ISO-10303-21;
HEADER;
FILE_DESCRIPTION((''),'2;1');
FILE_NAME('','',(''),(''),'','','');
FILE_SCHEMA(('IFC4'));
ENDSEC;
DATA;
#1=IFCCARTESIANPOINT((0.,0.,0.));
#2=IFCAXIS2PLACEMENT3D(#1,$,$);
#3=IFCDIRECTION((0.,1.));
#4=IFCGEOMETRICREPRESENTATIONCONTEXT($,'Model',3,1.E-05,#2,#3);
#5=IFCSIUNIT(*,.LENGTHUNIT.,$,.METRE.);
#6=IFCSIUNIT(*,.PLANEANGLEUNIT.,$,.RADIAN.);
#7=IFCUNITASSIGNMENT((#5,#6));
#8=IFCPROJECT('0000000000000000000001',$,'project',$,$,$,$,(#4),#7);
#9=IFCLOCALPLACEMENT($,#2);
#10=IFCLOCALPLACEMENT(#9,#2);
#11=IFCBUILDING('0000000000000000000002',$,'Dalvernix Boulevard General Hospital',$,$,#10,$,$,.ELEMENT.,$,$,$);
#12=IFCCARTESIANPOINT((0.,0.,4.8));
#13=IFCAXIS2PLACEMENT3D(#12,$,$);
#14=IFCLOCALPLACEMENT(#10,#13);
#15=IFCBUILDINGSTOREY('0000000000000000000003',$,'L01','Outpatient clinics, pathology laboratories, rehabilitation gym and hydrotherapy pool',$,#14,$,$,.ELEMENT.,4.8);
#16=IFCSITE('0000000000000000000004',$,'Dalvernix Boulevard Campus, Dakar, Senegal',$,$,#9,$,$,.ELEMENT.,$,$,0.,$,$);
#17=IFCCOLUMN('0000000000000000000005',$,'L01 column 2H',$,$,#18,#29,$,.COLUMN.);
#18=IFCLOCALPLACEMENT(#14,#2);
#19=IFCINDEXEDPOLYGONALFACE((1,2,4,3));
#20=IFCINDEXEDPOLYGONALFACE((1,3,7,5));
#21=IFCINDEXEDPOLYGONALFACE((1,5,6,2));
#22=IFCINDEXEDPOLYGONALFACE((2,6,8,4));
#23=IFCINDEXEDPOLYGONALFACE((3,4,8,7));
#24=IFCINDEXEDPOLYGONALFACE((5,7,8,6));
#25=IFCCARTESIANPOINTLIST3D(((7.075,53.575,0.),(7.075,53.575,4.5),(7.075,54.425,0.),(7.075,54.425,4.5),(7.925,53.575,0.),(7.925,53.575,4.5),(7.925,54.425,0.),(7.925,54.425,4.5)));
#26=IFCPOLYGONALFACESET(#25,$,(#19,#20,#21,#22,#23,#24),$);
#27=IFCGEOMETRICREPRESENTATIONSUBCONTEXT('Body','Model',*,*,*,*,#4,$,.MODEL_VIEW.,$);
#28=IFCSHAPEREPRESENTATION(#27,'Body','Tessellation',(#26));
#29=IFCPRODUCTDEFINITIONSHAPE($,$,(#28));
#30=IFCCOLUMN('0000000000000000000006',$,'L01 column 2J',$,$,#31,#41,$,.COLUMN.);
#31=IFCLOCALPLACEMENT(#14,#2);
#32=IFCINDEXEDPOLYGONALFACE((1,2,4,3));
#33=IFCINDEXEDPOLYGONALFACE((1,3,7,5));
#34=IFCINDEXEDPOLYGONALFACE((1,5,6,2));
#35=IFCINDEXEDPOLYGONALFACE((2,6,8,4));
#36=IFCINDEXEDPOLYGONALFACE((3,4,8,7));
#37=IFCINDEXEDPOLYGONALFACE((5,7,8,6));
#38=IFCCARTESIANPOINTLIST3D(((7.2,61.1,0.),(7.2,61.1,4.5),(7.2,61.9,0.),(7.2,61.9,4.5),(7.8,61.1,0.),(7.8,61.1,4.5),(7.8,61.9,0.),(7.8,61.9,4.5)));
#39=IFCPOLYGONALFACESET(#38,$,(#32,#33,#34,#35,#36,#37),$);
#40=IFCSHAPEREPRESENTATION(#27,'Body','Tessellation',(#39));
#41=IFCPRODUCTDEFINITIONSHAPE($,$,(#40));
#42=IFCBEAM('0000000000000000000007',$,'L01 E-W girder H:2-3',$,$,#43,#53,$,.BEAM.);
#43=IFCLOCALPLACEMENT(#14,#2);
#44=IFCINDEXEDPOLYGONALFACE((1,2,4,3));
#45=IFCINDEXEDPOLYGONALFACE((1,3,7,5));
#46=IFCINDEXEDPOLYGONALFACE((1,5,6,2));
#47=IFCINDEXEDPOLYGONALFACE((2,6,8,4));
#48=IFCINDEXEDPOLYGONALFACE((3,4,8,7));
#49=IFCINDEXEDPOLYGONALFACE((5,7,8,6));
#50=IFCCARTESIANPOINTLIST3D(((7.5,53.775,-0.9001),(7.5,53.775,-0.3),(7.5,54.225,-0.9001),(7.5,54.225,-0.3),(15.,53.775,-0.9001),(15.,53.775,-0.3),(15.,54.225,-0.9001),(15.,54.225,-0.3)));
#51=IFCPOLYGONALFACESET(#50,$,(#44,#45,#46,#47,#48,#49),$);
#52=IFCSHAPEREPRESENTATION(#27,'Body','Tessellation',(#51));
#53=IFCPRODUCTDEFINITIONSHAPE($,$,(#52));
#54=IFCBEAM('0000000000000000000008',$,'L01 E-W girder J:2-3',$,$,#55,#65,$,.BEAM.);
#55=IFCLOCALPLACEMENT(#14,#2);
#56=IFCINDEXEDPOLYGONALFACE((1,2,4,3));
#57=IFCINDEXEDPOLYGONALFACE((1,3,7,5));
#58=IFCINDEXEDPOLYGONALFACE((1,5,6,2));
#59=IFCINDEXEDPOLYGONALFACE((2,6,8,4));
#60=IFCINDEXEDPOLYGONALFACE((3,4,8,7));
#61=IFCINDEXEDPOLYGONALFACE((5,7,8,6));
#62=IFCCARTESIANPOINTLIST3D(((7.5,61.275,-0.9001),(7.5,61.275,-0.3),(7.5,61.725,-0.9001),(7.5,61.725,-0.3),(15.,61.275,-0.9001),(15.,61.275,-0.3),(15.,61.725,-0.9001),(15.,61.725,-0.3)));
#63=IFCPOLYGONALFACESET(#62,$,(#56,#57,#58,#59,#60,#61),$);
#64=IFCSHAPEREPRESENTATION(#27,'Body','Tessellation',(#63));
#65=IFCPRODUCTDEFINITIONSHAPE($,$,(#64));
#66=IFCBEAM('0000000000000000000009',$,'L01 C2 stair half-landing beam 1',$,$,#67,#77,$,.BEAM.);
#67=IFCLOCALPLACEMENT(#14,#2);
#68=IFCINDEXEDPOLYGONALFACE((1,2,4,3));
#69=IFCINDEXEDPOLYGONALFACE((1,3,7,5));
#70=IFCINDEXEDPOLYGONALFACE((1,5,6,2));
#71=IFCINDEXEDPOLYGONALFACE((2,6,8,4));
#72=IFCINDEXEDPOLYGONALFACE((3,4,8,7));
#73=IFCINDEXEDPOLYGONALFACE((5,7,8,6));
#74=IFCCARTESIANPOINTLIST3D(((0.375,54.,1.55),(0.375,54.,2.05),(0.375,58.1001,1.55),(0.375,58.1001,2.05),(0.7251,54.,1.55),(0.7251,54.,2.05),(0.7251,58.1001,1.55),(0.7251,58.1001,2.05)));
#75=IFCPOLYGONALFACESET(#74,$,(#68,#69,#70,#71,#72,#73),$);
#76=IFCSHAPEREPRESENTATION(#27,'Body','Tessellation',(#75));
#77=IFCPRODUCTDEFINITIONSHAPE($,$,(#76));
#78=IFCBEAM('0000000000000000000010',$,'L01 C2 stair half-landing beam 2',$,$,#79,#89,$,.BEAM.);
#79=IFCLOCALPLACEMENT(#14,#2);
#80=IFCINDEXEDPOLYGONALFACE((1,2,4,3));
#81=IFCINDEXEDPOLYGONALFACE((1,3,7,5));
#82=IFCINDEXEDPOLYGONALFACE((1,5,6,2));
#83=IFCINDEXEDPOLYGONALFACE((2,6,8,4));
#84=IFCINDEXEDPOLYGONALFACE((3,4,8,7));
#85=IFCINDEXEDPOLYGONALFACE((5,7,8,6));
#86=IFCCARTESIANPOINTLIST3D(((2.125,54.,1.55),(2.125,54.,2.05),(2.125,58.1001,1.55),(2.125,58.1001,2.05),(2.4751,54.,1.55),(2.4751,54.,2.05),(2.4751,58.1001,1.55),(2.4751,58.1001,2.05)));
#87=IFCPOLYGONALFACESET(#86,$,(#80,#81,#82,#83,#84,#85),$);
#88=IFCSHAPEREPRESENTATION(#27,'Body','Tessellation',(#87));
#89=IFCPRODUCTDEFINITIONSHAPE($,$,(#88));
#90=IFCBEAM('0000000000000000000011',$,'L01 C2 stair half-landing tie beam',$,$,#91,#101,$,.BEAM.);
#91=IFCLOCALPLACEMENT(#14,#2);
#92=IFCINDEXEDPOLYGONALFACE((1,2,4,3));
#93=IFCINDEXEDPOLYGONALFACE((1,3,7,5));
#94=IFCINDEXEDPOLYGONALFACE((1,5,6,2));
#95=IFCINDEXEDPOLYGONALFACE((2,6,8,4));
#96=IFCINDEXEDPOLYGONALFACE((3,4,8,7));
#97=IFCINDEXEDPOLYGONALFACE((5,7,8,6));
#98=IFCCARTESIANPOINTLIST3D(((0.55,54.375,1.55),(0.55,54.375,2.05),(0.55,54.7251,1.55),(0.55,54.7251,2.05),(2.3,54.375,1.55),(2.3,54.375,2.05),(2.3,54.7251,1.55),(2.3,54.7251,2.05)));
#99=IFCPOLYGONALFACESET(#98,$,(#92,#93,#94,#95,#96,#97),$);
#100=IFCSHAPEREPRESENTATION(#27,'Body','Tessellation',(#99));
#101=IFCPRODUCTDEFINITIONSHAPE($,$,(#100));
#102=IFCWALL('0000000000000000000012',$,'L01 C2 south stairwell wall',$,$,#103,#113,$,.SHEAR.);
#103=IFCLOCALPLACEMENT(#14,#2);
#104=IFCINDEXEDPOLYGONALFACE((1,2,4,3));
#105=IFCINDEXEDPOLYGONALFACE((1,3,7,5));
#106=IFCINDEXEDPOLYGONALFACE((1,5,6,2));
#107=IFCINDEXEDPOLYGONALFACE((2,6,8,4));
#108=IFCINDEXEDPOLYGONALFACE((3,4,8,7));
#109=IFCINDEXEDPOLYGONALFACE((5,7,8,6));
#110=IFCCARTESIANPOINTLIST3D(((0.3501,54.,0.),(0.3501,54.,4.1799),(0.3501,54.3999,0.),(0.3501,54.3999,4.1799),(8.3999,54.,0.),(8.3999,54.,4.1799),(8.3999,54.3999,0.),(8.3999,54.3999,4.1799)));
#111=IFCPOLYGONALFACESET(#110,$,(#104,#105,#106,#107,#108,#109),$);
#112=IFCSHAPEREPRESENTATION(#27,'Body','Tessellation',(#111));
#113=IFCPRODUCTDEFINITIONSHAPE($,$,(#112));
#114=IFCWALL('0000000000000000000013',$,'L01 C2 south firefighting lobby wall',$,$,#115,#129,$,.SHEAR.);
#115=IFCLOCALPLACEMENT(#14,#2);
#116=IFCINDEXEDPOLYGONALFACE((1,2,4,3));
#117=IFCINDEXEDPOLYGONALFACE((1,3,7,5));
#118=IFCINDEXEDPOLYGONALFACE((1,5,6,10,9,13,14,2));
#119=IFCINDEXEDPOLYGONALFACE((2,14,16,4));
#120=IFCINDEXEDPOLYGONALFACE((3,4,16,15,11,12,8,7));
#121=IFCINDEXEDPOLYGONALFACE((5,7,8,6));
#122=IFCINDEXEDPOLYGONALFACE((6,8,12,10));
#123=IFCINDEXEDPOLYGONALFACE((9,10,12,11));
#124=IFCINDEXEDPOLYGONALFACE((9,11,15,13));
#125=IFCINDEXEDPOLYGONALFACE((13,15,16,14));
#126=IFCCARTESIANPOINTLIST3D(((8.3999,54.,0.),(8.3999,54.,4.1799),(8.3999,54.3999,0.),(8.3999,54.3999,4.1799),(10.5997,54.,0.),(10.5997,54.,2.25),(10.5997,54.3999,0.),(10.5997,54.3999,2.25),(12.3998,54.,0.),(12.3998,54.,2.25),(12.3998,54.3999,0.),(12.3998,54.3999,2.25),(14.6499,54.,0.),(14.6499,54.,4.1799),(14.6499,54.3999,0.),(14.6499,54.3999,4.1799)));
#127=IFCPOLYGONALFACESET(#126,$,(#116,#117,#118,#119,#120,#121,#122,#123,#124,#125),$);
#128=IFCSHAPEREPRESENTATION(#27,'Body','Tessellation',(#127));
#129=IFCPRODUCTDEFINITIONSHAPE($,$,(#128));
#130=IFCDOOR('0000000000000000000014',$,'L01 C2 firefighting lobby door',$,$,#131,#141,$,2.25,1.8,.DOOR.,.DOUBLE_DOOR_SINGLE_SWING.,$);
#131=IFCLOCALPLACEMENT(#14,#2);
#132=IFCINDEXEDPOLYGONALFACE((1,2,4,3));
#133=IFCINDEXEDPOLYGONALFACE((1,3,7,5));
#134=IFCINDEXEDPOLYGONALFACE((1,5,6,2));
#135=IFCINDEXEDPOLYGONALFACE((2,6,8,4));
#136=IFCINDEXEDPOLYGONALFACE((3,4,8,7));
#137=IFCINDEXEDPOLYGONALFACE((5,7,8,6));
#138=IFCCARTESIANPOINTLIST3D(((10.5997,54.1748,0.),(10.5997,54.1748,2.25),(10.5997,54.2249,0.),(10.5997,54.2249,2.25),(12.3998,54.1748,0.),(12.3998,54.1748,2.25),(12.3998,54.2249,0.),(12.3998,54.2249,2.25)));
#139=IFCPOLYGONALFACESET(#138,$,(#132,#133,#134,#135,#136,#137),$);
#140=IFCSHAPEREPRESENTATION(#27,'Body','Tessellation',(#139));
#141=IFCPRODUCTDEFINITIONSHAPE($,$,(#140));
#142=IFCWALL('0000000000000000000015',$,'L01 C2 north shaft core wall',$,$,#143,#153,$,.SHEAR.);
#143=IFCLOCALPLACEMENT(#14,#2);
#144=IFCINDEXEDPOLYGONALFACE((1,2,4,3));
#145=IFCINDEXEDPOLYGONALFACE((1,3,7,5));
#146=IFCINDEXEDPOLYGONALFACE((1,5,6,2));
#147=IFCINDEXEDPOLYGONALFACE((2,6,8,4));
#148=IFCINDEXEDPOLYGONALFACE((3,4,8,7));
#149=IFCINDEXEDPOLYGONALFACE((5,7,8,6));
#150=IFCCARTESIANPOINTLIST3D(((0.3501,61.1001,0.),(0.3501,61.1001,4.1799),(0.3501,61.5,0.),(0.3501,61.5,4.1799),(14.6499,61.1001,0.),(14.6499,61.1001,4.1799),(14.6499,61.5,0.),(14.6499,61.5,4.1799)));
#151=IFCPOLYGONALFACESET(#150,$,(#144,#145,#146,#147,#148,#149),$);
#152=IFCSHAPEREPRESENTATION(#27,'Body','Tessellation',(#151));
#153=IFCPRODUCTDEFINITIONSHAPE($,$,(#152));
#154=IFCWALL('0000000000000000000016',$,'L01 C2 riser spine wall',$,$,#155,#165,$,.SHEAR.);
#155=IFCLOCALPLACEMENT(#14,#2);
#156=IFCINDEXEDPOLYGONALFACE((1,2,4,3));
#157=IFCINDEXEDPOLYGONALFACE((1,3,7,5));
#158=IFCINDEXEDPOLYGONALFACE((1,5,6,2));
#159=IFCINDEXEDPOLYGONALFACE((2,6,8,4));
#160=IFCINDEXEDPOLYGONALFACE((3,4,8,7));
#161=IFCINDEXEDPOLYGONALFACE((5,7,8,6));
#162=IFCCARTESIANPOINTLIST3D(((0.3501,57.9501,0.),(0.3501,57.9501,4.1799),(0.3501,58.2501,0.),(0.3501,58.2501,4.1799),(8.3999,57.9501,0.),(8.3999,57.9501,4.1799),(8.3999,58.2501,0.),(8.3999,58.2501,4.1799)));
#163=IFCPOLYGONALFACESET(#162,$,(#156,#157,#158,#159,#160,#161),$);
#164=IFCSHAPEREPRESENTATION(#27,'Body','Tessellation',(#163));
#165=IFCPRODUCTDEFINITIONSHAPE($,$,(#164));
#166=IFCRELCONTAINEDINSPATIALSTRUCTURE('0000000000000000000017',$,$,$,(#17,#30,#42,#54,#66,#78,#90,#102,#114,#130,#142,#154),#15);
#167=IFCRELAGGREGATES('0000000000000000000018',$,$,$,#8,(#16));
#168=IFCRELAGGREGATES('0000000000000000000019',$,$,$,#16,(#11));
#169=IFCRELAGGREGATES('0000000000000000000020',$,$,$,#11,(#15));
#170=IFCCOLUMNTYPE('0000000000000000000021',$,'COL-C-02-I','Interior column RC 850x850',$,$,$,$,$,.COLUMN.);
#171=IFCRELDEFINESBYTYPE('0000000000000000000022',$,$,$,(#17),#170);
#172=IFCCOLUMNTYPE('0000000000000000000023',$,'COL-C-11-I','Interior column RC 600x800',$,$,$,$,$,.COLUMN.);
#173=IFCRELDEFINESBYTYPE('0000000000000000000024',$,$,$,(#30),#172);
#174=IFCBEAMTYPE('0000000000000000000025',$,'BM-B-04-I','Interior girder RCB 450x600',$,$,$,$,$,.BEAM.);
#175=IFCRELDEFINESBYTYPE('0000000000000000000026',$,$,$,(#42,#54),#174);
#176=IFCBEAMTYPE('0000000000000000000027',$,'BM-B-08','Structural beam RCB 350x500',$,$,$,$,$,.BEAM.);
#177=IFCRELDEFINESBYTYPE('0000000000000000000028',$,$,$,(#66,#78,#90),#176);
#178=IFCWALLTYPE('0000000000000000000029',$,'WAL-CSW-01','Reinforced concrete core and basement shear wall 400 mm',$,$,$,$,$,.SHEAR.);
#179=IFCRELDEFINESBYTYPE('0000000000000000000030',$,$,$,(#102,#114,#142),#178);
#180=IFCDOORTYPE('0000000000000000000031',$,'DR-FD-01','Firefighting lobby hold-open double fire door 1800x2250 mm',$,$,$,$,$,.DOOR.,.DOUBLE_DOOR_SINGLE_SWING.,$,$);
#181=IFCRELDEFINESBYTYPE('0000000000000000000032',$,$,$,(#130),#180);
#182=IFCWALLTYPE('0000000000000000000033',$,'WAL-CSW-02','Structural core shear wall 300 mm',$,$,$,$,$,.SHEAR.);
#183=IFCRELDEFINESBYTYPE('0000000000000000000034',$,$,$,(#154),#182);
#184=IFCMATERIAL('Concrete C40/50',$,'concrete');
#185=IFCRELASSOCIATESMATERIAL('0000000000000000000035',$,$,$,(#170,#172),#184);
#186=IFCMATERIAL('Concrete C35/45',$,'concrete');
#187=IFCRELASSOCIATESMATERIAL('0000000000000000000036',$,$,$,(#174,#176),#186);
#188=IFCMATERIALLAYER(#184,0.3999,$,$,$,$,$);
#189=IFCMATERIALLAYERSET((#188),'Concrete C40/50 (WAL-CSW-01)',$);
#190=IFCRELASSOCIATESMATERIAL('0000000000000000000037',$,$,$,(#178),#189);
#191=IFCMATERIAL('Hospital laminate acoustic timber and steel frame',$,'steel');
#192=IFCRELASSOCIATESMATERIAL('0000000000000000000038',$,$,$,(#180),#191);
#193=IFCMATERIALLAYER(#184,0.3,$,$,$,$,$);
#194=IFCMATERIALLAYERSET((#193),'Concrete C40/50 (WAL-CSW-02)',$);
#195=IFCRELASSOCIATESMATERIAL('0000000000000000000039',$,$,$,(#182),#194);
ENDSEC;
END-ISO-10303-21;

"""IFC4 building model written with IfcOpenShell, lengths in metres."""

from ifc_helpers import new_model, si_unit, direction, frame, frame_2d, origin, origin_2d, place, context, subcontext, project, spatial, rectangle, extrude, material, layer, layer_set, material_profile, profile_set, type_object, element, fill, save


model = new_model("IFC4")

# Units and contexts
model_context = context("Model", 3, precision=1e-05, world=origin(), true_north=direction((0.0, 1.0)))
body_context = subcontext(model_context, "Body", "Model", "MODEL_VIEW")
ifc_project = project(units=[si_unit("LENGTHUNIT", "METRE"), si_unit("PLANEANGLEUNIT", "RADIAN")], contexts=[model_context])

# Site, building, storey
site_placement = place(None, origin())
site = spatial("IfcSite", under=ifc_project, at=site_placement, Name="Dalvernix Boulevard Campus, Dakar, Senegal", CompositionType="ELEMENT", RefElevation=0.0)
building_placement = place(site_placement, origin())
building = spatial("IfcBuilding", under=site, at=building_placement, Name="Dalvernix Boulevard General Hospital", CompositionType="ELEMENT")
storey_placement = place(building_placement, frame((0.0, 0.0, 4.8)))
storey = spatial("IfcBuildingStorey", under=building, at=storey_placement, Name="L01", Description="Outpatient clinics, pathology laboratories, rehabilitation gym and hydrotherapy pool", CompositionType="ELEMENT", Elevation=4.8)

# Columns
ifc_material_1 = material(Name="Concrete C40/50", Category="concrete")
ifc_material_profile_1 = material_profile(ifc_material_1, rectangle(XDim=0.8501, YDim=0.8501, at=origin_2d()), Name="RC 850x850")
ifc_profile_set_1 = profile_set([ifc_material_profile_1], Name="Concrete C40/50")
column_type_1 = type_object("IfcColumnType", Name="COL-C-02-I", Description="Interior column RC 850x850", PredefinedType="COLUMN", material=ifc_profile_set_1)
column_1_placement = place(storey_placement, frame((7.5, 54.0, 0.0), z_axis=(0.0, 0.0, 1.0), x_axis=(1.0, 0.0, 0.0)))
element("IfcColumn", 1, at=column_1_placement, inside=storey, type_object=column_type_1, Name="L01 column 2H", PredefinedType="COLUMN", context=body_context, shape_type="SweptSolid", body=[
    extrude(rectangle(XDim=0.8501, YDim=0.8501, at=origin_2d()), origin(), (0.0, 0.0, 1.0), 4.5),
])
ifc_material_profile_2 = material_profile(ifc_material_1, rectangle(XDim=0.6001, YDim=0.8, at=origin_2d()), Name="RC 600x800")
ifc_profile_set_2 = profile_set([ifc_material_profile_2], Name="Concrete C40/50")
column_type_2 = type_object("IfcColumnType", Name="COL-C-11-I", Description="Interior column RC 600x800", PredefinedType="COLUMN", material=ifc_profile_set_2)
column_2_placement = place(storey_placement, frame((7.5, 61.5, 0.0), z_axis=(0.0, 0.0, 1.0), x_axis=(1.0, 0.0, 0.0)))
element("IfcColumn", 2, at=column_2_placement, inside=storey, type_object=column_type_2, Name="L01 column 2J", PredefinedType="COLUMN", context=body_context, shape_type="SweptSolid", body=[
    extrude(rectangle(XDim=0.6001, YDim=0.8, at=origin_2d()), origin(), (0.0, 0.0, 1.0), 4.5),
])

# Beams
ifc_material_2 = material(Name="Concrete C35/45", Category="concrete")
ifc_material_profile_3 = material_profile(ifc_material_2, rectangle(XDim=0.45, YDim=0.6001, at=origin_2d()), Name="RCB 450x600")
ifc_profile_set_3 = profile_set([ifc_material_profile_3], Name="Concrete C35/45")
beam_type_1 = type_object("IfcBeamType", Name="BM-B-04-I", Description="Interior girder RCB 450x600", PredefinedType="BEAM", material=ifc_profile_set_3)
for number, where, z_axis, x_axis, name in (
    (3, (7.5, 54.0, -0.6001), (1.0, 0.0, 0.0), (0.0, 1.0, 0.0), "L01 E-W girder H:2-3"),
    (4, (7.5, 61.5, -0.6001), (1.0, 0.0, 0.0), (0.0, 1.0, 0.0), "L01 E-W girder J:2-3"),
):
    element("IfcBeam", number, at=place(storey_placement, frame(where, z_axis=z_axis, x_axis=x_axis)), inside=storey, type_object=beam_type_1, Name=name, PredefinedType="BEAM", context=body_context, shape_type="SweptSolid", body=[
        extrude(rectangle(XDim=0.45, YDim=0.6001, at=origin_2d()), origin(), (0.0, 0.0, 1.0), 7.5),
    ])
ifc_material_profile_4 = material_profile(ifc_material_2, rectangle(XDim=0.3501, YDim=0.5, at=origin_2d()), Name="RCB 350x500")
ifc_profile_set_4 = profile_set([ifc_material_profile_4], Name="Concrete C35/45")
beam_type_2 = type_object("IfcBeamType", Name="BM-B-08", Description="Structural beam RCB 350x500", PredefinedType="BEAM", material=ifc_profile_set_4)
for number, where, z_axis, x_axis, name in (
    (5, (0.55, 54.0, 1.8), (0.0, 1.0, 0.0), (-1.0, 0.0, 0.0), "L01 C2 stair half-landing beam 1"),
    (6, (2.3, 54.0, 1.8), (0.0, 1.0, 0.0), (-1.0, 0.0, 0.0), "L01 C2 stair half-landing beam 2"),
):
    element("IfcBeam", number, at=place(storey_placement, frame(where, z_axis=z_axis, x_axis=x_axis)), inside=storey, type_object=beam_type_2, Name=name, PredefinedType="BEAM", context=body_context, shape_type="SweptSolid", body=[
        extrude(rectangle(XDim=0.3501, YDim=0.5, at=origin_2d()), origin(), (0.0, 0.0, 1.0), 4.1001),
    ])
beam_placement = place(storey_placement, frame((0.55, 54.55, 1.8), z_axis=(1.0, 0.0, 0.0), x_axis=(0.0, 1.0, 0.0)))
element("IfcBeam", 7, at=beam_placement, inside=storey, type_object=beam_type_2, Name="L01 C2 stair half-landing tie beam", PredefinedType="BEAM", context=body_context, shape_type="SweptSolid", body=[
    extrude(rectangle(XDim=0.3501, YDim=0.5, at=origin_2d()), origin(), (0.0, 0.0, 1.0), 1.75),
])

# Wall
ifc_layer_1 = layer(ifc_material_1, 0.3999)
ifc_layer_set_1 = layer_set([ifc_layer_1], Name="Concrete C40/50 (WAL-CSW-01)")
wall_type_1 = type_object("IfcWallType", Name="WAL-CSW-01", Description="Reinforced concrete core and basement shear wall 400 mm", PredefinedType="SHEAR", material=ifc_layer_set_1)
wall_1_placement = place(storey_placement, frame((0.3501, 54.2, 0.0), z_axis=(0.0, 0.0, 1.0), x_axis=(1.0, 0.0, 0.0)))
element("IfcWall", 8, at=wall_1_placement, inside=storey, type_object=wall_type_1, Name="L01 C2 south stairwell wall", PredefinedType="SHEAR", context=body_context, shape_type="SweptSolid", body=[
    extrude(rectangle(XDim=8.0498, YDim=0.3999, at=frame_2d((4.0249, 0.0))), origin(), (0.0, 0.0, 1.0), 4.1799),
])

# Wall, opening, door
wall_2_placement = place(storey_placement, frame((8.3999, 54.2, 0.0), z_axis=(0.0, 0.0, 1.0), x_axis=(1.0, 0.0, 0.0)))
wall_2 = element("IfcWall", 9, at=wall_2_placement, inside=storey, type_object=wall_type_1, Name="L01 C2 south firefighting lobby wall", PredefinedType="SHEAR", context=body_context, shape_type="SweptSolid", body=[
    extrude(rectangle(XDim=6.25, YDim=0.3999, at=frame_2d((3.125, 0.0))), origin(), (0.0, 0.0, 1.0), 4.1799),
])
opening_1_placement = place(wall_2_placement, frame((2.2, 0.0, 0.0)))
opening_1 = element("IfcOpeningElement", 10, at=opening_1_placement, cuts=wall_2, PredefinedType="OPENING", context=body_context, shape_type="SweptSolid", body=[
    extrude(rectangle(XDim=1.8, YDim=2.25, at=frame_2d((0.8999, 1.125))), frame((0.0, 0.21, 0.0), z_axis=(0.0, -1.0, 0.0), x_axis=(1.0, 0.0, 0.0)), (0.0, 0.0, 1.0), 0.4199),
])
ifc_material_3 = material(Name="Hospital laminate acoustic timber and steel frame", Category="steel")
door_type_1 = type_object("IfcDoorType", Name="DR-FD-01", Description="Firefighting lobby hold-open double fire door 1800x2250 mm", OperationType="DOUBLE_DOOR_SINGLE_SWING", PredefinedType="DOOR", material=ifc_material_3)
door_1_placement = place(opening_1_placement, origin())
door_1 = element("IfcDoor", 11, at=door_1_placement, inside=storey, type_object=door_type_1, Name="L01 C2 firefighting lobby door", OperationType="DOUBLE_DOOR_SINGLE_SWING", OverallHeight=2.25, OverallWidth=1.8, PredefinedType="DOOR", context=body_context, shape_type="SweptSolid", body=[
    extrude(rectangle(XDim=1.8, YDim=2.25, at=frame_2d((0.8999, 1.125))), frame((0.0, 0.0249, 0.0), z_axis=(0.0, -1.0, 0.0), x_axis=(1.0, 0.0, 0.0)), (0.0, 0.0, 1.0), 0.05),
])
fill(opening_1, door_1)

# Walls
wall_3_placement = place(storey_placement, frame((0.3501, 61.3, 0.0), z_axis=(0.0, 0.0, 1.0), x_axis=(1.0, 0.0, 0.0)))
element("IfcWall", 12, at=wall_3_placement, inside=storey, type_object=wall_type_1, Name="L01 C2 north shaft core wall", PredefinedType="SHEAR", context=body_context, shape_type="SweptSolid", body=[
    extrude(rectangle(XDim=14.2998, YDim=0.3999, at=frame_2d((7.1499, 0.0))), origin(), (0.0, 0.0, 1.0), 4.1799),
])
ifc_layer_2 = layer(ifc_material_1, 0.3)
ifc_layer_set_2 = layer_set([ifc_layer_2], Name="Concrete C40/50 (WAL-CSW-02)")
wall_type_2 = type_object("IfcWallType", Name="WAL-CSW-02", Description="Structural core shear wall 300 mm", PredefinedType="SHEAR", material=ifc_layer_set_2)
wall_4_placement = place(storey_placement, frame((0.3501, 58.1001, 0.0), z_axis=(0.0, 0.0, 1.0), x_axis=(1.0, 0.0, 0.0)))
element("IfcWall", 13, at=wall_4_placement, inside=storey, type_object=wall_type_2, Name="L01 C2 riser spine wall", PredefinedType="SHEAR", context=body_context, shape_type="SweptSolid", body=[
    extrude(rectangle(XDim=8.0498, YDim=0.3, at=frame_2d((4.0249, 0.0))), origin(), (0.0, 0.0, 1.0), 4.1799),
])

save(model, "model.ifc")
